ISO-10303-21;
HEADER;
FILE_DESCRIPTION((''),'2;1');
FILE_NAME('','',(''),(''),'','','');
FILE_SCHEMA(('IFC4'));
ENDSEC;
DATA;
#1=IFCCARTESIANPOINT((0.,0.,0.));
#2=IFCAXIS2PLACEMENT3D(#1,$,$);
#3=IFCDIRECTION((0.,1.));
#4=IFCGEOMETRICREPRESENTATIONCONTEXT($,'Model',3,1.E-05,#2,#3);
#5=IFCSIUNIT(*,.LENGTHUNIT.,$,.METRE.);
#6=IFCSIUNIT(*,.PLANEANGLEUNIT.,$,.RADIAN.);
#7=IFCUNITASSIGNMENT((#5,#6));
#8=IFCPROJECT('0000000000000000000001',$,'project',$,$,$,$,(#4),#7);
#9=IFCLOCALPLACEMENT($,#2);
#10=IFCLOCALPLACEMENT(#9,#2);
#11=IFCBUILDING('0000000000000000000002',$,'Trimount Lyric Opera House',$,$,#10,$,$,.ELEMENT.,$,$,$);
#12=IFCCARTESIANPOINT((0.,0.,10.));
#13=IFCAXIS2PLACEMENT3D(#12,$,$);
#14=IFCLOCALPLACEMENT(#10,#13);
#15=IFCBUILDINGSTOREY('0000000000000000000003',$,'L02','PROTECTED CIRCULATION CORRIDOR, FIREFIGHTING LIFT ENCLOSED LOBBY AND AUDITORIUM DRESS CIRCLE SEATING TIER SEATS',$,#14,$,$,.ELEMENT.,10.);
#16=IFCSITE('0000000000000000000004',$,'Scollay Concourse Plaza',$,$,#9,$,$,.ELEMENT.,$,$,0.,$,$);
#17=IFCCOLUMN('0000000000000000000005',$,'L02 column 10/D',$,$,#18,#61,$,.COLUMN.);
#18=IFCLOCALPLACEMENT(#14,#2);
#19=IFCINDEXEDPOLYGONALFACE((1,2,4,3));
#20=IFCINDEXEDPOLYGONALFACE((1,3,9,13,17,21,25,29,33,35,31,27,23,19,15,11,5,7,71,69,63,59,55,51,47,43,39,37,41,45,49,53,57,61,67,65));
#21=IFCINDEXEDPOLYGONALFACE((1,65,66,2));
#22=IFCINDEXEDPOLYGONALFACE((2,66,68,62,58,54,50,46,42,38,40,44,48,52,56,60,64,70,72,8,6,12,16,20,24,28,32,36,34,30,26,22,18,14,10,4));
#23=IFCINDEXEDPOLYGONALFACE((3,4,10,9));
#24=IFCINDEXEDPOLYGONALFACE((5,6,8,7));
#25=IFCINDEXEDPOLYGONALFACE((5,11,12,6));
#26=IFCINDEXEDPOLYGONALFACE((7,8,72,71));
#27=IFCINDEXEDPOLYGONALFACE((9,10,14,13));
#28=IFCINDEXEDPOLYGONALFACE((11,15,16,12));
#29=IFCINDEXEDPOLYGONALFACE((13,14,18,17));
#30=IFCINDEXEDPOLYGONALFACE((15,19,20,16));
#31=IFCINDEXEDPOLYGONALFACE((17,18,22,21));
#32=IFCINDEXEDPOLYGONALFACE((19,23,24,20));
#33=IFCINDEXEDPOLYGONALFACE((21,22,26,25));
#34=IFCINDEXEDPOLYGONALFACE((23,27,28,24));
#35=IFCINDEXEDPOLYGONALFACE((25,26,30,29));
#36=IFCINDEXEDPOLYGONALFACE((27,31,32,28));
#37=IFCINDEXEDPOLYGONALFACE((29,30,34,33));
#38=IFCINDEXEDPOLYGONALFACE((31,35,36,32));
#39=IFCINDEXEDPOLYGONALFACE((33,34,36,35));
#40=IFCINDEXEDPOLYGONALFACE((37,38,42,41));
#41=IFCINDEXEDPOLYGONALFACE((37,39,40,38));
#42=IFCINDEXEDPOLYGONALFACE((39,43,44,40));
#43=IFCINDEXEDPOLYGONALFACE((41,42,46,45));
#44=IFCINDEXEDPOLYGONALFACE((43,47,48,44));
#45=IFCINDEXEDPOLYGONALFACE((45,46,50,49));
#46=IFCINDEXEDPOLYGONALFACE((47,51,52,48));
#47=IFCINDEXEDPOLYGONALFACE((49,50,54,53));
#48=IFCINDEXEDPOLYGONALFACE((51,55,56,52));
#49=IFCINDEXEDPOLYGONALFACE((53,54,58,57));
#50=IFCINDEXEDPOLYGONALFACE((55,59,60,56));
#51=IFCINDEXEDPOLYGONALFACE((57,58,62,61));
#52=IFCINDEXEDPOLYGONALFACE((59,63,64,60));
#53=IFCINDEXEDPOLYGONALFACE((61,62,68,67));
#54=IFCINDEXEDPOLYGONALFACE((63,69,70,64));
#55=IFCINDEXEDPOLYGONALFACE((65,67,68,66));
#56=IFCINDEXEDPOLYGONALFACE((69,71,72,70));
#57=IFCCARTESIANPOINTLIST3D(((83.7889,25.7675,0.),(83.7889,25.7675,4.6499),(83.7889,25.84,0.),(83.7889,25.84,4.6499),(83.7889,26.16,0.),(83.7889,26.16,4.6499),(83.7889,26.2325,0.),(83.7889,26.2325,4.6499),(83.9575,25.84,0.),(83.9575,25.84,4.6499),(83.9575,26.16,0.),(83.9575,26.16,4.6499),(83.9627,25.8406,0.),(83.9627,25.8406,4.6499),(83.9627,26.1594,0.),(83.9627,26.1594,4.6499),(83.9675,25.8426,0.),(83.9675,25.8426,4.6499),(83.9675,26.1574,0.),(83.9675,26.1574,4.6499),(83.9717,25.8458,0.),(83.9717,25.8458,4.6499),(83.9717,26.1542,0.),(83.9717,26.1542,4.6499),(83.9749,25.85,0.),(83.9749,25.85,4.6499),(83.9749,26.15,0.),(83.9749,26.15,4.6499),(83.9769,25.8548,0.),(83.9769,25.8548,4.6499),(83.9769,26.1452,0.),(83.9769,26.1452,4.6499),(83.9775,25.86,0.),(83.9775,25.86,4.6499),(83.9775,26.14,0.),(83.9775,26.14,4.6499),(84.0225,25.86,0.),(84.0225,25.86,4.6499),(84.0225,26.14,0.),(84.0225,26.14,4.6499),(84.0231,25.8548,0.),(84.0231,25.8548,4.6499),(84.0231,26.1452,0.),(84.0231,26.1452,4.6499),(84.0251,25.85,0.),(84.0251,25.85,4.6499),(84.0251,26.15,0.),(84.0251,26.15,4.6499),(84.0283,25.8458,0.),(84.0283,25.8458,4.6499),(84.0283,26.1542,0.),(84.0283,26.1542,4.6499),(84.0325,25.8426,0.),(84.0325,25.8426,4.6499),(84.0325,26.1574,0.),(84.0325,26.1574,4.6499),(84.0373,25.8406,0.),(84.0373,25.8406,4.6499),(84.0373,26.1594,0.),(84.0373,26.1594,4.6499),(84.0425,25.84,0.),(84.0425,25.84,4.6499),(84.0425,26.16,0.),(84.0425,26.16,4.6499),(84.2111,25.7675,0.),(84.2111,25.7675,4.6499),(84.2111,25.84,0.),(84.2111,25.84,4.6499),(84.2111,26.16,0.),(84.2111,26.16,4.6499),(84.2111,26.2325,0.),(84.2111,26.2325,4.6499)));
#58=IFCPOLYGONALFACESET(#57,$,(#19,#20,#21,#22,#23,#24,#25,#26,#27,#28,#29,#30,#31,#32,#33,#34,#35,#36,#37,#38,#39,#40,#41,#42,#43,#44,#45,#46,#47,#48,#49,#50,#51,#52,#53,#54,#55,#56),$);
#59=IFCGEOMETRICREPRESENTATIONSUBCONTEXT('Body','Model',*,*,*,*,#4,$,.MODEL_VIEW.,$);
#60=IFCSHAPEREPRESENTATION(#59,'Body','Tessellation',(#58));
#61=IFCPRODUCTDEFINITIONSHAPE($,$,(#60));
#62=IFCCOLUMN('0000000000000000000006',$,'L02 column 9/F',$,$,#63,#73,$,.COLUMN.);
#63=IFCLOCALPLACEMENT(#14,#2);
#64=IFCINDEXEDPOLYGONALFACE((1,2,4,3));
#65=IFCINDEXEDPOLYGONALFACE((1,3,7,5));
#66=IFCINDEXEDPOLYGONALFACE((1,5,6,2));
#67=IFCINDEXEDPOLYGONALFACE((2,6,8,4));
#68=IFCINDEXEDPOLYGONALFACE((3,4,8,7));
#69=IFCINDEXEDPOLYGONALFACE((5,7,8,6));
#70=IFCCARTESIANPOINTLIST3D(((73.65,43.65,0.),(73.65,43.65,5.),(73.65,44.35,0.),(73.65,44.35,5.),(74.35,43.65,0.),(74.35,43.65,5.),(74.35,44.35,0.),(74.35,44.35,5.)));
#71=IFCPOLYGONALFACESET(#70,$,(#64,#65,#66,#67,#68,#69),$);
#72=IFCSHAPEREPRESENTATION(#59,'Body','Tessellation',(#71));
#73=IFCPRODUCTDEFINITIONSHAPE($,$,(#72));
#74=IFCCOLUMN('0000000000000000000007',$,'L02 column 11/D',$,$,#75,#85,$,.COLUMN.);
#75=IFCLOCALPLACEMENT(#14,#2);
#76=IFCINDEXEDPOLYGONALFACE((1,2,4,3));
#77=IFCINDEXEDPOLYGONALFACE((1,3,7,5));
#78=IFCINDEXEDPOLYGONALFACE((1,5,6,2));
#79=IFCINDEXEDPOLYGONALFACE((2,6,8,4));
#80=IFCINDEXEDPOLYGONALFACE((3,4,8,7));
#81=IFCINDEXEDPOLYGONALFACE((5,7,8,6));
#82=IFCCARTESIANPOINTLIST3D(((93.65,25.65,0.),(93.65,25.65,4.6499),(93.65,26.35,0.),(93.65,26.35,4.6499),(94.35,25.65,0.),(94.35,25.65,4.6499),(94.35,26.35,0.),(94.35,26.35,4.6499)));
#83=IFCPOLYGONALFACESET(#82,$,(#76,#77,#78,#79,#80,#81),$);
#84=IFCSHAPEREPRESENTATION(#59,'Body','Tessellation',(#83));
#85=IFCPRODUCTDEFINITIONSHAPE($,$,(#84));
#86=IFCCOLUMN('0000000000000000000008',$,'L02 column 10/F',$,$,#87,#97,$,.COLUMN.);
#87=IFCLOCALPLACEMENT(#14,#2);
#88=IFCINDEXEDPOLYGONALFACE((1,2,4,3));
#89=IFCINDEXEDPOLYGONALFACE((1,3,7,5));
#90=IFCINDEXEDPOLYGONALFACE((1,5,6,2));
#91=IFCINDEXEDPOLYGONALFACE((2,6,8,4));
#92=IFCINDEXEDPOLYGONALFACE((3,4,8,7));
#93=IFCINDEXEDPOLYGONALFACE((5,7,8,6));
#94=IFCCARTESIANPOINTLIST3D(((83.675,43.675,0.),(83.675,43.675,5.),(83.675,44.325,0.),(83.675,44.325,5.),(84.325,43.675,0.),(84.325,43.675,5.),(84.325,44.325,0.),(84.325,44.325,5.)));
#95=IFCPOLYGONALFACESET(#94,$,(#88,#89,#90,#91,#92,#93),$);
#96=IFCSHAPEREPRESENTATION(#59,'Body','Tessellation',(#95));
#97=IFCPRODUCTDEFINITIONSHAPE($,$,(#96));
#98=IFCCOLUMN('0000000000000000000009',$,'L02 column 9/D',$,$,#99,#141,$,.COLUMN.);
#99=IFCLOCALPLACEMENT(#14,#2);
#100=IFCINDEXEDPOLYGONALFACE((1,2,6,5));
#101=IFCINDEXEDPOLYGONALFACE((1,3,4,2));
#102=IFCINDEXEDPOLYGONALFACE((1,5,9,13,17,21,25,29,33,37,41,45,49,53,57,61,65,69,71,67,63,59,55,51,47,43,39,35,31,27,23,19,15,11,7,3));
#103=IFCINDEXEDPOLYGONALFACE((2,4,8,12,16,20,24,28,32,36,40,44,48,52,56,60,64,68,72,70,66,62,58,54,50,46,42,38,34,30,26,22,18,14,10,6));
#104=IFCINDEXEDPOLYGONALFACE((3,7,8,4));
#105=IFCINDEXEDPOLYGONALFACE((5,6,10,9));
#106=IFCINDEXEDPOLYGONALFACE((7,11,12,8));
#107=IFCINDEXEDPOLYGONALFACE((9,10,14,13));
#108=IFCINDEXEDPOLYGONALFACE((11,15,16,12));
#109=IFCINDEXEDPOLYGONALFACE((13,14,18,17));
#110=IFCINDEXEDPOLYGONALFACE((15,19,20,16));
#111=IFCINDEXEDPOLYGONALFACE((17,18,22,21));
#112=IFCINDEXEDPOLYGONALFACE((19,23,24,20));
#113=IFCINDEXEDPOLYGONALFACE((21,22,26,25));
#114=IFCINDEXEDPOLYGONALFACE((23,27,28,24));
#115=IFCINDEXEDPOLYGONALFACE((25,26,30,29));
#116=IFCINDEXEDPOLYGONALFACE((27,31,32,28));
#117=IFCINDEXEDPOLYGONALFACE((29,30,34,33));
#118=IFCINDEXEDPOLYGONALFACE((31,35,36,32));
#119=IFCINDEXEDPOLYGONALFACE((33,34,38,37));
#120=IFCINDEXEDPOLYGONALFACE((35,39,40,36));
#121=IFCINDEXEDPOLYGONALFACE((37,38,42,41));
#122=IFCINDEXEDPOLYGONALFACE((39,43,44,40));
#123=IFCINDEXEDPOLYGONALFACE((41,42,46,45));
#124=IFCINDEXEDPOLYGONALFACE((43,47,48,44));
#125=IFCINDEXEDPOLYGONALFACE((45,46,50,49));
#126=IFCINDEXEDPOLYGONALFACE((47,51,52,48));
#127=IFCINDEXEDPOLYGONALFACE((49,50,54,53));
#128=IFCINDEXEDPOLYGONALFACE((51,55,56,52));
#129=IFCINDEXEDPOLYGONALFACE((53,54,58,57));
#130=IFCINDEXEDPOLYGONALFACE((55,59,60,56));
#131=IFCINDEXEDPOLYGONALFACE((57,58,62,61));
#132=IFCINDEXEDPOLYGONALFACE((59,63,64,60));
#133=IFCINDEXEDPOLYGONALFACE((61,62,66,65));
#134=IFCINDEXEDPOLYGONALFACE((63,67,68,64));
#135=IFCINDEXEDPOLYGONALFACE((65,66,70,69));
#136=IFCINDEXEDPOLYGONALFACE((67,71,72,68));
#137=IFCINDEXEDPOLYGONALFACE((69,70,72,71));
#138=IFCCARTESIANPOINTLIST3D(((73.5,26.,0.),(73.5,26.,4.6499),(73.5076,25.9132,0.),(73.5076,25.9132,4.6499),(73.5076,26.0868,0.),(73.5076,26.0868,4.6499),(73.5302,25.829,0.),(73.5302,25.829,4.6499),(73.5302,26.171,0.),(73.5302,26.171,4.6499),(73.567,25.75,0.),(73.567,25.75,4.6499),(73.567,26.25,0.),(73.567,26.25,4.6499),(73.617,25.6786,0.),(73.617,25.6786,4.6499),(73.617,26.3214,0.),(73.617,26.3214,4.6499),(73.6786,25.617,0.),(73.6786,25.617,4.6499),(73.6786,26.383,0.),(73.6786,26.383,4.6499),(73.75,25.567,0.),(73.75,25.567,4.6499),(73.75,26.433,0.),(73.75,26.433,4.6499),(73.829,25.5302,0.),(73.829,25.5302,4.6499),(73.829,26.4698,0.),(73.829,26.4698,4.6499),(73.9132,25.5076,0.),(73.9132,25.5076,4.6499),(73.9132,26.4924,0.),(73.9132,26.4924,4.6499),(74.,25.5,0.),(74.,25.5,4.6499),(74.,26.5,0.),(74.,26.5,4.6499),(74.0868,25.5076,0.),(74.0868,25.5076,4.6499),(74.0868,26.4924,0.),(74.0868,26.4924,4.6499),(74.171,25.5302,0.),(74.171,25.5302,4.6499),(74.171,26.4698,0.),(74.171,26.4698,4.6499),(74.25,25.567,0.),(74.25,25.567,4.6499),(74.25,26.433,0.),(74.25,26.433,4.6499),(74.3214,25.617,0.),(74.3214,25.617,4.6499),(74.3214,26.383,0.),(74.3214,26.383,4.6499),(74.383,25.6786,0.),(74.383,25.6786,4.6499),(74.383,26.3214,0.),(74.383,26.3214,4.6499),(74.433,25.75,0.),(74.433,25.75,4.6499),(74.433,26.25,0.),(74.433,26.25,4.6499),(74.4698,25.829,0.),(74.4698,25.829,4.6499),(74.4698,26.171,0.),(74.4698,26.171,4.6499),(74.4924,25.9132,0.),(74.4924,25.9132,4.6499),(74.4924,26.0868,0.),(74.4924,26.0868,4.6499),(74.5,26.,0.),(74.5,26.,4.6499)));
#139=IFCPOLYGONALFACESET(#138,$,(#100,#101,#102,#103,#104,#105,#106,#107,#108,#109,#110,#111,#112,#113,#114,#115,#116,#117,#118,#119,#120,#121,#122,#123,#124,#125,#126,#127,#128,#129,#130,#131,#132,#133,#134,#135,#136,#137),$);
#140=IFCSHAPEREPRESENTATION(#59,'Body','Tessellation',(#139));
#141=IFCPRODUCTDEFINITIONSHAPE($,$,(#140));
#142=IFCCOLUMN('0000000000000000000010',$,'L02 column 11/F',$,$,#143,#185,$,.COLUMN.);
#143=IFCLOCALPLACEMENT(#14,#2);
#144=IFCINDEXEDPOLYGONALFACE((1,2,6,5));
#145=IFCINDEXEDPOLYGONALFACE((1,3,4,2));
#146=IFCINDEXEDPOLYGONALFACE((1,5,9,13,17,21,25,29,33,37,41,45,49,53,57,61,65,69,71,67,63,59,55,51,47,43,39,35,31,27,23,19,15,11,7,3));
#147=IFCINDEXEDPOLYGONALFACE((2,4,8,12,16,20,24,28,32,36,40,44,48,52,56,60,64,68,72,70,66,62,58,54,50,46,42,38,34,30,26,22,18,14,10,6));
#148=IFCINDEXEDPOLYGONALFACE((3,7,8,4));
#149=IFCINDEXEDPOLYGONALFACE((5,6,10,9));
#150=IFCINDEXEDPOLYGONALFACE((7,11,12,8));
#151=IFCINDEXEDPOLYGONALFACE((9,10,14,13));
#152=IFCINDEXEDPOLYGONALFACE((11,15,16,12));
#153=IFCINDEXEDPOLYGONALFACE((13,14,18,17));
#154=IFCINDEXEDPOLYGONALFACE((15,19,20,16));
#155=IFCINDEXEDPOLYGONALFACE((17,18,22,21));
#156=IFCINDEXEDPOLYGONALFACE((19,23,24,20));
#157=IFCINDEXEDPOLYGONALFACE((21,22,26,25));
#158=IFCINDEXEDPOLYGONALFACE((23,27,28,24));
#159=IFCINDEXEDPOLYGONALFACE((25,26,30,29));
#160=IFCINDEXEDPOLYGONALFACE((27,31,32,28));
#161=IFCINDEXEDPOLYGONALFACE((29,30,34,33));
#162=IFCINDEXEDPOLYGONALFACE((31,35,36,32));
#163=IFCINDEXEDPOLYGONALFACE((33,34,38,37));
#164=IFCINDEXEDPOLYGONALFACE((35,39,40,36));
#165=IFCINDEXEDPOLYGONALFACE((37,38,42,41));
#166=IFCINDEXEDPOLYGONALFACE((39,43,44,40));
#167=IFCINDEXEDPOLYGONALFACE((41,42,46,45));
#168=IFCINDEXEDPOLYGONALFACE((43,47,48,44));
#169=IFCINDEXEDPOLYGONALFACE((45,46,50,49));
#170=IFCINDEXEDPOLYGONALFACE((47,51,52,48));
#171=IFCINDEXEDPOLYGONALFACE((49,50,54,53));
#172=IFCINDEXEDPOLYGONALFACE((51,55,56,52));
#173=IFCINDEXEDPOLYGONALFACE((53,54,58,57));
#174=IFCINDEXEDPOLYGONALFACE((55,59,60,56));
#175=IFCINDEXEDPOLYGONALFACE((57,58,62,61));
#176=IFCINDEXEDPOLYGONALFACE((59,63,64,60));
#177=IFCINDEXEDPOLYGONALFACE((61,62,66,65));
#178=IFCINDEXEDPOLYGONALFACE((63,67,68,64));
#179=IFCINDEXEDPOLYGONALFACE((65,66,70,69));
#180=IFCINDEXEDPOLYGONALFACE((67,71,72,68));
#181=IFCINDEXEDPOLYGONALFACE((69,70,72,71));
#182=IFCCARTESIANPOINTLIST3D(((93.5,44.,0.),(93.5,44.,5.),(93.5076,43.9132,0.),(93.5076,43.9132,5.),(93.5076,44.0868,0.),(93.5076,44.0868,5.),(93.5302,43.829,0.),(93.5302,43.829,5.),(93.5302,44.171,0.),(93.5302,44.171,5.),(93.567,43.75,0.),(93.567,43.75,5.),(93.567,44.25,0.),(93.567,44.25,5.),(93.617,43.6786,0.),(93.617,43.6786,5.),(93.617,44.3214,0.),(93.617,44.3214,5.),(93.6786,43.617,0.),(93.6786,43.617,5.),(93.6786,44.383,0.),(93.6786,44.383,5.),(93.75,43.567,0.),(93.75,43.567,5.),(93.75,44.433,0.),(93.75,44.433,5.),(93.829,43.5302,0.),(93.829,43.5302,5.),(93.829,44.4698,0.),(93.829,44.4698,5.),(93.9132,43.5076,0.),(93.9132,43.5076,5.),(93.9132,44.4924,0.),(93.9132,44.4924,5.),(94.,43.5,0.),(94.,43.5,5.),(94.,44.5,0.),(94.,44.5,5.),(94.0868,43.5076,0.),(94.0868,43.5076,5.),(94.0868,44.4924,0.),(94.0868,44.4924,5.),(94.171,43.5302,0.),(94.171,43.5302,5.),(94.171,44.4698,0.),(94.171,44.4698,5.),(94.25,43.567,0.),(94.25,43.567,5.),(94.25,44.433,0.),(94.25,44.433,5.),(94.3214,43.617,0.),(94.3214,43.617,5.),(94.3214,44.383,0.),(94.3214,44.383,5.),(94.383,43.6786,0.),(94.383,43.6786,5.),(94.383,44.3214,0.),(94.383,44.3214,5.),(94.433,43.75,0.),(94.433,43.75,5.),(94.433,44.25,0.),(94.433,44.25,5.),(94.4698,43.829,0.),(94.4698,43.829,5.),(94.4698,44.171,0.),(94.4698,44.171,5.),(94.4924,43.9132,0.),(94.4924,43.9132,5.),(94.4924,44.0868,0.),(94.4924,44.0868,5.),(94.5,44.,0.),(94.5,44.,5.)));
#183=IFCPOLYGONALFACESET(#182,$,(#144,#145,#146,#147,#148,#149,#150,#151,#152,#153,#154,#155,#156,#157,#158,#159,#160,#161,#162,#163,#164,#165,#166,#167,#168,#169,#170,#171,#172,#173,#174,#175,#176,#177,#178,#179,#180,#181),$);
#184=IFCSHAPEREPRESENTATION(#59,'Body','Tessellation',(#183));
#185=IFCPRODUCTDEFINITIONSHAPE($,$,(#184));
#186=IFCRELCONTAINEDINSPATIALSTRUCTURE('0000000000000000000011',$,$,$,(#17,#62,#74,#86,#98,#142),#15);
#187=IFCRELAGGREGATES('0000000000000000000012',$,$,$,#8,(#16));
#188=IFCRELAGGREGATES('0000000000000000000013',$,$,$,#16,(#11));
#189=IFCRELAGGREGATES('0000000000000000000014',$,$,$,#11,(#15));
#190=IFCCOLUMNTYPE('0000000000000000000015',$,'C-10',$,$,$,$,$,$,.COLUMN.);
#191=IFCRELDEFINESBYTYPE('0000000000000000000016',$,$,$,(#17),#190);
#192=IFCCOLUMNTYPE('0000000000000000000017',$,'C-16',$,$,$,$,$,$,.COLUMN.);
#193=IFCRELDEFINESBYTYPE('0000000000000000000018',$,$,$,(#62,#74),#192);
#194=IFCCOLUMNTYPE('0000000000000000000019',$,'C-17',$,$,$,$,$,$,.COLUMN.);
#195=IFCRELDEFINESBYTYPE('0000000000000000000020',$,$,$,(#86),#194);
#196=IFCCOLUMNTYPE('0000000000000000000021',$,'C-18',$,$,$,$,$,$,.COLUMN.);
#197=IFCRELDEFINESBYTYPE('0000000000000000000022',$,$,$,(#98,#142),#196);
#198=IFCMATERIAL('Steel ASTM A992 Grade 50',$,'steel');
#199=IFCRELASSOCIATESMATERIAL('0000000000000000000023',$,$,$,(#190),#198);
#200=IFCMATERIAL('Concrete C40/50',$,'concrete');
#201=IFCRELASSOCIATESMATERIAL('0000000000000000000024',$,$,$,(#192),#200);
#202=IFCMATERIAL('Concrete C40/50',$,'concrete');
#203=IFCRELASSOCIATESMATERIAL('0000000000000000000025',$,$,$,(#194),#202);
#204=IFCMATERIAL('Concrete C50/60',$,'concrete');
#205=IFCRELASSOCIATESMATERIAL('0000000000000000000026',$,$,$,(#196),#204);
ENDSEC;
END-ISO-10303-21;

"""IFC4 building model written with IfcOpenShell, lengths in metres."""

from ifc_helpers import new_model, si_unit, direction, frame, origin, origin_2d, place, context, subcontext, project, spatial, rectangle, circle, i_section, extrude, material, material_profile, profile_set, type_object, element, save


model = new_model("IFC4")

# Units and contexts
model_context = context("Model", 3, precision=1e-05, world=origin(), true_north=direction((0.0, 1.0)))
body_context = subcontext(model_context, "Body", "Model", "MODEL_VIEW")
ifc_project = project(units=[si_unit("LENGTHUNIT", "METRE"), si_unit("PLANEANGLEUNIT", "RADIAN")], contexts=[model_context])

# Site, building, storey
site_placement = place(None, origin())
site = spatial("IfcSite", under=ifc_project, at=site_placement, Name="Scollay Concourse Plaza", CompositionType="ELEMENT", RefElevation=0.0)
building_placement = place(site_placement, origin())
building = spatial("IfcBuilding", under=site, at=building_placement, Name="Trimount Lyric Opera House", CompositionType="ELEMENT")
storey_placement = place(building_placement, frame((0.0, 0.0, 10.0)))
storey = spatial("IfcBuildingStorey", under=building, at=storey_placement, Name="L02", Description="PROTECTED CIRCULATION CORRIDOR, FIREFIGHTING LIFT ENCLOSED LOBBY AND AUDITORIUM DRESS CIRCLE SEATING TIER SEATS", CompositionType="ELEMENT", Elevation=10.0)

# Columns
ifc_material_1 = material(Name="Steel ASTM A992 Grade 50", Category="steel")
ifc_material_profile_1 = material_profile(ifc_material_1, i_section(OverallWidth=0.4221, OverallDepth=0.4651, WebThickness=0.0449, FlangeThickness=0.0725, FilletRadius=0.02, at=origin_2d()), Name="W14X398")
ifc_profile_set_1 = profile_set([ifc_material_profile_1], Name="Steel ASTM A992 Grade 50")
column_type_1 = type_object("IfcColumnType", Name="C-10", PredefinedType="COLUMN", material=ifc_profile_set_1)
column_1_placement = place(storey_placement, frame((84.0, 26.0, 0.0), z_axis=(0.0, 0.0, 1.0), x_axis=(1.0, 0.0, 0.0)))
element("IfcColumn", 1, at=column_1_placement, inside=storey, type_object=column_type_1, Name="L02 column 10/D", PredefinedType="COLUMN", context=body_context, shape_type="SweptSolid", body=[
    extrude(i_section(OverallWidth=0.4221, OverallDepth=0.4651, WebThickness=0.0449, FlangeThickness=0.0725, FilletRadius=0.02, at=origin_2d()), origin(), (0.0, 0.0, 1.0), 4.6499),
])
ifc_material_2 = material(Name="Concrete C40/50", Category="concrete")
ifc_material_profile_2 = material_profile(ifc_material_2, rectangle(XDim=0.7, YDim=0.7, at=origin_2d()), Name="RC700X700")
ifc_profile_set_2 = profile_set([ifc_material_profile_2], Name="Concrete C40/50")
column_type_2 = type_object("IfcColumnType", Name="C-16", PredefinedType="COLUMN", material=ifc_profile_set_2)
column_2_placement = place(storey_placement, frame((74.0, 44.0, 0.0), z_axis=(0.0, 0.0, 1.0), x_axis=(1.0, 0.0, 0.0)))
element("IfcColumn", 2, at=column_2_placement, inside=storey, type_object=column_type_2, Name="L02 column 9/F", PredefinedType="COLUMN", context=body_context, shape_type="SweptSolid", body=[
    extrude(rectangle(XDim=0.7, YDim=0.7, at=origin_2d()), origin(), (0.0, 0.0, 1.0), 5.0),
])
column_3_placement = place(storey_placement, frame((94.0, 26.0, 0.0), z_axis=(0.0, 0.0, 1.0), x_axis=(1.0, 0.0, 0.0)))
element("IfcColumn", 3, at=column_3_placement, inside=storey, type_object=column_type_2, Name="L02 column 11/D", PredefinedType="COLUMN", context=body_context, shape_type="SweptSolid", body=[
    extrude(rectangle(XDim=0.7, YDim=0.7, at=origin_2d()), origin(), (0.0, 0.0, 1.0), 4.6499),
])
ifc_material_3 = material(Name="Concrete C40/50", Category="concrete")
ifc_material_profile_3 = material_profile(ifc_material_3, rectangle(XDim=0.6499, YDim=0.6499, at=origin_2d()), Name="RC650X650")
ifc_profile_set_3 = profile_set([ifc_material_profile_3], Name="Concrete C40/50")
column_type_3 = type_object("IfcColumnType", Name="C-17", PredefinedType="COLUMN", material=ifc_profile_set_3)
column_4_placement = place(storey_placement, frame((84.0, 44.0, 0.0), z_axis=(0.0, 0.0, 1.0), x_axis=(1.0, 0.0, 0.0)))
element("IfcColumn", 4, at=column_4_placement, inside=storey, type_object=column_type_3, Name="L02 column 10/F", PredefinedType="COLUMN", context=body_context, shape_type="SweptSolid", body=[
    extrude(rectangle(XDim=0.6499, YDim=0.6499, at=origin_2d()), origin(), (0.0, 0.0, 1.0), 5.0),
])
ifc_material_4 = material(Name="Concrete C50/60", Category="concrete")
ifc_material_profile_4 = material_profile(ifc_material_4, circle(Radius=0.5, at=origin_2d()), Name="RC-D1000")
ifc_profile_set_4 = profile_set([ifc_material_profile_4], Name="Concrete C50/60")
column_type_4 = type_object("IfcColumnType", Name="C-18", PredefinedType="COLUMN", material=ifc_profile_set_4)
column_5_placement = place(storey_placement, frame((74.0, 26.0, 0.0), z_axis=(0.0, 0.0, 1.0), x_axis=(1.0, 0.0, 0.0)))
element("IfcColumn", 5, at=column_5_placement, inside=storey, type_object=column_type_4, Name="L02 column 9/D", PredefinedType="COLUMN", context=body_context, shape_type="SweptSolid", body=[
    extrude(circle(Radius=0.5, at=origin_2d()), origin(), (0.0, 0.0, 1.0), 4.6499),
])
column_6_placement = place(storey_placement, frame((94.0, 44.0, 0.0), z_axis=(0.0, 0.0, 1.0), x_axis=(1.0, 0.0, 0.0)))
element("IfcColumn", 6, at=column_6_placement, inside=storey, type_object=column_type_4, Name="L02 column 11/F", PredefinedType="COLUMN", context=body_context, shape_type="SweptSolid", body=[
    extrude(circle(Radius=0.5, at=origin_2d()), origin(), (0.0, 0.0, 1.0), 5.0),
])

save(model, "model.ifc")
